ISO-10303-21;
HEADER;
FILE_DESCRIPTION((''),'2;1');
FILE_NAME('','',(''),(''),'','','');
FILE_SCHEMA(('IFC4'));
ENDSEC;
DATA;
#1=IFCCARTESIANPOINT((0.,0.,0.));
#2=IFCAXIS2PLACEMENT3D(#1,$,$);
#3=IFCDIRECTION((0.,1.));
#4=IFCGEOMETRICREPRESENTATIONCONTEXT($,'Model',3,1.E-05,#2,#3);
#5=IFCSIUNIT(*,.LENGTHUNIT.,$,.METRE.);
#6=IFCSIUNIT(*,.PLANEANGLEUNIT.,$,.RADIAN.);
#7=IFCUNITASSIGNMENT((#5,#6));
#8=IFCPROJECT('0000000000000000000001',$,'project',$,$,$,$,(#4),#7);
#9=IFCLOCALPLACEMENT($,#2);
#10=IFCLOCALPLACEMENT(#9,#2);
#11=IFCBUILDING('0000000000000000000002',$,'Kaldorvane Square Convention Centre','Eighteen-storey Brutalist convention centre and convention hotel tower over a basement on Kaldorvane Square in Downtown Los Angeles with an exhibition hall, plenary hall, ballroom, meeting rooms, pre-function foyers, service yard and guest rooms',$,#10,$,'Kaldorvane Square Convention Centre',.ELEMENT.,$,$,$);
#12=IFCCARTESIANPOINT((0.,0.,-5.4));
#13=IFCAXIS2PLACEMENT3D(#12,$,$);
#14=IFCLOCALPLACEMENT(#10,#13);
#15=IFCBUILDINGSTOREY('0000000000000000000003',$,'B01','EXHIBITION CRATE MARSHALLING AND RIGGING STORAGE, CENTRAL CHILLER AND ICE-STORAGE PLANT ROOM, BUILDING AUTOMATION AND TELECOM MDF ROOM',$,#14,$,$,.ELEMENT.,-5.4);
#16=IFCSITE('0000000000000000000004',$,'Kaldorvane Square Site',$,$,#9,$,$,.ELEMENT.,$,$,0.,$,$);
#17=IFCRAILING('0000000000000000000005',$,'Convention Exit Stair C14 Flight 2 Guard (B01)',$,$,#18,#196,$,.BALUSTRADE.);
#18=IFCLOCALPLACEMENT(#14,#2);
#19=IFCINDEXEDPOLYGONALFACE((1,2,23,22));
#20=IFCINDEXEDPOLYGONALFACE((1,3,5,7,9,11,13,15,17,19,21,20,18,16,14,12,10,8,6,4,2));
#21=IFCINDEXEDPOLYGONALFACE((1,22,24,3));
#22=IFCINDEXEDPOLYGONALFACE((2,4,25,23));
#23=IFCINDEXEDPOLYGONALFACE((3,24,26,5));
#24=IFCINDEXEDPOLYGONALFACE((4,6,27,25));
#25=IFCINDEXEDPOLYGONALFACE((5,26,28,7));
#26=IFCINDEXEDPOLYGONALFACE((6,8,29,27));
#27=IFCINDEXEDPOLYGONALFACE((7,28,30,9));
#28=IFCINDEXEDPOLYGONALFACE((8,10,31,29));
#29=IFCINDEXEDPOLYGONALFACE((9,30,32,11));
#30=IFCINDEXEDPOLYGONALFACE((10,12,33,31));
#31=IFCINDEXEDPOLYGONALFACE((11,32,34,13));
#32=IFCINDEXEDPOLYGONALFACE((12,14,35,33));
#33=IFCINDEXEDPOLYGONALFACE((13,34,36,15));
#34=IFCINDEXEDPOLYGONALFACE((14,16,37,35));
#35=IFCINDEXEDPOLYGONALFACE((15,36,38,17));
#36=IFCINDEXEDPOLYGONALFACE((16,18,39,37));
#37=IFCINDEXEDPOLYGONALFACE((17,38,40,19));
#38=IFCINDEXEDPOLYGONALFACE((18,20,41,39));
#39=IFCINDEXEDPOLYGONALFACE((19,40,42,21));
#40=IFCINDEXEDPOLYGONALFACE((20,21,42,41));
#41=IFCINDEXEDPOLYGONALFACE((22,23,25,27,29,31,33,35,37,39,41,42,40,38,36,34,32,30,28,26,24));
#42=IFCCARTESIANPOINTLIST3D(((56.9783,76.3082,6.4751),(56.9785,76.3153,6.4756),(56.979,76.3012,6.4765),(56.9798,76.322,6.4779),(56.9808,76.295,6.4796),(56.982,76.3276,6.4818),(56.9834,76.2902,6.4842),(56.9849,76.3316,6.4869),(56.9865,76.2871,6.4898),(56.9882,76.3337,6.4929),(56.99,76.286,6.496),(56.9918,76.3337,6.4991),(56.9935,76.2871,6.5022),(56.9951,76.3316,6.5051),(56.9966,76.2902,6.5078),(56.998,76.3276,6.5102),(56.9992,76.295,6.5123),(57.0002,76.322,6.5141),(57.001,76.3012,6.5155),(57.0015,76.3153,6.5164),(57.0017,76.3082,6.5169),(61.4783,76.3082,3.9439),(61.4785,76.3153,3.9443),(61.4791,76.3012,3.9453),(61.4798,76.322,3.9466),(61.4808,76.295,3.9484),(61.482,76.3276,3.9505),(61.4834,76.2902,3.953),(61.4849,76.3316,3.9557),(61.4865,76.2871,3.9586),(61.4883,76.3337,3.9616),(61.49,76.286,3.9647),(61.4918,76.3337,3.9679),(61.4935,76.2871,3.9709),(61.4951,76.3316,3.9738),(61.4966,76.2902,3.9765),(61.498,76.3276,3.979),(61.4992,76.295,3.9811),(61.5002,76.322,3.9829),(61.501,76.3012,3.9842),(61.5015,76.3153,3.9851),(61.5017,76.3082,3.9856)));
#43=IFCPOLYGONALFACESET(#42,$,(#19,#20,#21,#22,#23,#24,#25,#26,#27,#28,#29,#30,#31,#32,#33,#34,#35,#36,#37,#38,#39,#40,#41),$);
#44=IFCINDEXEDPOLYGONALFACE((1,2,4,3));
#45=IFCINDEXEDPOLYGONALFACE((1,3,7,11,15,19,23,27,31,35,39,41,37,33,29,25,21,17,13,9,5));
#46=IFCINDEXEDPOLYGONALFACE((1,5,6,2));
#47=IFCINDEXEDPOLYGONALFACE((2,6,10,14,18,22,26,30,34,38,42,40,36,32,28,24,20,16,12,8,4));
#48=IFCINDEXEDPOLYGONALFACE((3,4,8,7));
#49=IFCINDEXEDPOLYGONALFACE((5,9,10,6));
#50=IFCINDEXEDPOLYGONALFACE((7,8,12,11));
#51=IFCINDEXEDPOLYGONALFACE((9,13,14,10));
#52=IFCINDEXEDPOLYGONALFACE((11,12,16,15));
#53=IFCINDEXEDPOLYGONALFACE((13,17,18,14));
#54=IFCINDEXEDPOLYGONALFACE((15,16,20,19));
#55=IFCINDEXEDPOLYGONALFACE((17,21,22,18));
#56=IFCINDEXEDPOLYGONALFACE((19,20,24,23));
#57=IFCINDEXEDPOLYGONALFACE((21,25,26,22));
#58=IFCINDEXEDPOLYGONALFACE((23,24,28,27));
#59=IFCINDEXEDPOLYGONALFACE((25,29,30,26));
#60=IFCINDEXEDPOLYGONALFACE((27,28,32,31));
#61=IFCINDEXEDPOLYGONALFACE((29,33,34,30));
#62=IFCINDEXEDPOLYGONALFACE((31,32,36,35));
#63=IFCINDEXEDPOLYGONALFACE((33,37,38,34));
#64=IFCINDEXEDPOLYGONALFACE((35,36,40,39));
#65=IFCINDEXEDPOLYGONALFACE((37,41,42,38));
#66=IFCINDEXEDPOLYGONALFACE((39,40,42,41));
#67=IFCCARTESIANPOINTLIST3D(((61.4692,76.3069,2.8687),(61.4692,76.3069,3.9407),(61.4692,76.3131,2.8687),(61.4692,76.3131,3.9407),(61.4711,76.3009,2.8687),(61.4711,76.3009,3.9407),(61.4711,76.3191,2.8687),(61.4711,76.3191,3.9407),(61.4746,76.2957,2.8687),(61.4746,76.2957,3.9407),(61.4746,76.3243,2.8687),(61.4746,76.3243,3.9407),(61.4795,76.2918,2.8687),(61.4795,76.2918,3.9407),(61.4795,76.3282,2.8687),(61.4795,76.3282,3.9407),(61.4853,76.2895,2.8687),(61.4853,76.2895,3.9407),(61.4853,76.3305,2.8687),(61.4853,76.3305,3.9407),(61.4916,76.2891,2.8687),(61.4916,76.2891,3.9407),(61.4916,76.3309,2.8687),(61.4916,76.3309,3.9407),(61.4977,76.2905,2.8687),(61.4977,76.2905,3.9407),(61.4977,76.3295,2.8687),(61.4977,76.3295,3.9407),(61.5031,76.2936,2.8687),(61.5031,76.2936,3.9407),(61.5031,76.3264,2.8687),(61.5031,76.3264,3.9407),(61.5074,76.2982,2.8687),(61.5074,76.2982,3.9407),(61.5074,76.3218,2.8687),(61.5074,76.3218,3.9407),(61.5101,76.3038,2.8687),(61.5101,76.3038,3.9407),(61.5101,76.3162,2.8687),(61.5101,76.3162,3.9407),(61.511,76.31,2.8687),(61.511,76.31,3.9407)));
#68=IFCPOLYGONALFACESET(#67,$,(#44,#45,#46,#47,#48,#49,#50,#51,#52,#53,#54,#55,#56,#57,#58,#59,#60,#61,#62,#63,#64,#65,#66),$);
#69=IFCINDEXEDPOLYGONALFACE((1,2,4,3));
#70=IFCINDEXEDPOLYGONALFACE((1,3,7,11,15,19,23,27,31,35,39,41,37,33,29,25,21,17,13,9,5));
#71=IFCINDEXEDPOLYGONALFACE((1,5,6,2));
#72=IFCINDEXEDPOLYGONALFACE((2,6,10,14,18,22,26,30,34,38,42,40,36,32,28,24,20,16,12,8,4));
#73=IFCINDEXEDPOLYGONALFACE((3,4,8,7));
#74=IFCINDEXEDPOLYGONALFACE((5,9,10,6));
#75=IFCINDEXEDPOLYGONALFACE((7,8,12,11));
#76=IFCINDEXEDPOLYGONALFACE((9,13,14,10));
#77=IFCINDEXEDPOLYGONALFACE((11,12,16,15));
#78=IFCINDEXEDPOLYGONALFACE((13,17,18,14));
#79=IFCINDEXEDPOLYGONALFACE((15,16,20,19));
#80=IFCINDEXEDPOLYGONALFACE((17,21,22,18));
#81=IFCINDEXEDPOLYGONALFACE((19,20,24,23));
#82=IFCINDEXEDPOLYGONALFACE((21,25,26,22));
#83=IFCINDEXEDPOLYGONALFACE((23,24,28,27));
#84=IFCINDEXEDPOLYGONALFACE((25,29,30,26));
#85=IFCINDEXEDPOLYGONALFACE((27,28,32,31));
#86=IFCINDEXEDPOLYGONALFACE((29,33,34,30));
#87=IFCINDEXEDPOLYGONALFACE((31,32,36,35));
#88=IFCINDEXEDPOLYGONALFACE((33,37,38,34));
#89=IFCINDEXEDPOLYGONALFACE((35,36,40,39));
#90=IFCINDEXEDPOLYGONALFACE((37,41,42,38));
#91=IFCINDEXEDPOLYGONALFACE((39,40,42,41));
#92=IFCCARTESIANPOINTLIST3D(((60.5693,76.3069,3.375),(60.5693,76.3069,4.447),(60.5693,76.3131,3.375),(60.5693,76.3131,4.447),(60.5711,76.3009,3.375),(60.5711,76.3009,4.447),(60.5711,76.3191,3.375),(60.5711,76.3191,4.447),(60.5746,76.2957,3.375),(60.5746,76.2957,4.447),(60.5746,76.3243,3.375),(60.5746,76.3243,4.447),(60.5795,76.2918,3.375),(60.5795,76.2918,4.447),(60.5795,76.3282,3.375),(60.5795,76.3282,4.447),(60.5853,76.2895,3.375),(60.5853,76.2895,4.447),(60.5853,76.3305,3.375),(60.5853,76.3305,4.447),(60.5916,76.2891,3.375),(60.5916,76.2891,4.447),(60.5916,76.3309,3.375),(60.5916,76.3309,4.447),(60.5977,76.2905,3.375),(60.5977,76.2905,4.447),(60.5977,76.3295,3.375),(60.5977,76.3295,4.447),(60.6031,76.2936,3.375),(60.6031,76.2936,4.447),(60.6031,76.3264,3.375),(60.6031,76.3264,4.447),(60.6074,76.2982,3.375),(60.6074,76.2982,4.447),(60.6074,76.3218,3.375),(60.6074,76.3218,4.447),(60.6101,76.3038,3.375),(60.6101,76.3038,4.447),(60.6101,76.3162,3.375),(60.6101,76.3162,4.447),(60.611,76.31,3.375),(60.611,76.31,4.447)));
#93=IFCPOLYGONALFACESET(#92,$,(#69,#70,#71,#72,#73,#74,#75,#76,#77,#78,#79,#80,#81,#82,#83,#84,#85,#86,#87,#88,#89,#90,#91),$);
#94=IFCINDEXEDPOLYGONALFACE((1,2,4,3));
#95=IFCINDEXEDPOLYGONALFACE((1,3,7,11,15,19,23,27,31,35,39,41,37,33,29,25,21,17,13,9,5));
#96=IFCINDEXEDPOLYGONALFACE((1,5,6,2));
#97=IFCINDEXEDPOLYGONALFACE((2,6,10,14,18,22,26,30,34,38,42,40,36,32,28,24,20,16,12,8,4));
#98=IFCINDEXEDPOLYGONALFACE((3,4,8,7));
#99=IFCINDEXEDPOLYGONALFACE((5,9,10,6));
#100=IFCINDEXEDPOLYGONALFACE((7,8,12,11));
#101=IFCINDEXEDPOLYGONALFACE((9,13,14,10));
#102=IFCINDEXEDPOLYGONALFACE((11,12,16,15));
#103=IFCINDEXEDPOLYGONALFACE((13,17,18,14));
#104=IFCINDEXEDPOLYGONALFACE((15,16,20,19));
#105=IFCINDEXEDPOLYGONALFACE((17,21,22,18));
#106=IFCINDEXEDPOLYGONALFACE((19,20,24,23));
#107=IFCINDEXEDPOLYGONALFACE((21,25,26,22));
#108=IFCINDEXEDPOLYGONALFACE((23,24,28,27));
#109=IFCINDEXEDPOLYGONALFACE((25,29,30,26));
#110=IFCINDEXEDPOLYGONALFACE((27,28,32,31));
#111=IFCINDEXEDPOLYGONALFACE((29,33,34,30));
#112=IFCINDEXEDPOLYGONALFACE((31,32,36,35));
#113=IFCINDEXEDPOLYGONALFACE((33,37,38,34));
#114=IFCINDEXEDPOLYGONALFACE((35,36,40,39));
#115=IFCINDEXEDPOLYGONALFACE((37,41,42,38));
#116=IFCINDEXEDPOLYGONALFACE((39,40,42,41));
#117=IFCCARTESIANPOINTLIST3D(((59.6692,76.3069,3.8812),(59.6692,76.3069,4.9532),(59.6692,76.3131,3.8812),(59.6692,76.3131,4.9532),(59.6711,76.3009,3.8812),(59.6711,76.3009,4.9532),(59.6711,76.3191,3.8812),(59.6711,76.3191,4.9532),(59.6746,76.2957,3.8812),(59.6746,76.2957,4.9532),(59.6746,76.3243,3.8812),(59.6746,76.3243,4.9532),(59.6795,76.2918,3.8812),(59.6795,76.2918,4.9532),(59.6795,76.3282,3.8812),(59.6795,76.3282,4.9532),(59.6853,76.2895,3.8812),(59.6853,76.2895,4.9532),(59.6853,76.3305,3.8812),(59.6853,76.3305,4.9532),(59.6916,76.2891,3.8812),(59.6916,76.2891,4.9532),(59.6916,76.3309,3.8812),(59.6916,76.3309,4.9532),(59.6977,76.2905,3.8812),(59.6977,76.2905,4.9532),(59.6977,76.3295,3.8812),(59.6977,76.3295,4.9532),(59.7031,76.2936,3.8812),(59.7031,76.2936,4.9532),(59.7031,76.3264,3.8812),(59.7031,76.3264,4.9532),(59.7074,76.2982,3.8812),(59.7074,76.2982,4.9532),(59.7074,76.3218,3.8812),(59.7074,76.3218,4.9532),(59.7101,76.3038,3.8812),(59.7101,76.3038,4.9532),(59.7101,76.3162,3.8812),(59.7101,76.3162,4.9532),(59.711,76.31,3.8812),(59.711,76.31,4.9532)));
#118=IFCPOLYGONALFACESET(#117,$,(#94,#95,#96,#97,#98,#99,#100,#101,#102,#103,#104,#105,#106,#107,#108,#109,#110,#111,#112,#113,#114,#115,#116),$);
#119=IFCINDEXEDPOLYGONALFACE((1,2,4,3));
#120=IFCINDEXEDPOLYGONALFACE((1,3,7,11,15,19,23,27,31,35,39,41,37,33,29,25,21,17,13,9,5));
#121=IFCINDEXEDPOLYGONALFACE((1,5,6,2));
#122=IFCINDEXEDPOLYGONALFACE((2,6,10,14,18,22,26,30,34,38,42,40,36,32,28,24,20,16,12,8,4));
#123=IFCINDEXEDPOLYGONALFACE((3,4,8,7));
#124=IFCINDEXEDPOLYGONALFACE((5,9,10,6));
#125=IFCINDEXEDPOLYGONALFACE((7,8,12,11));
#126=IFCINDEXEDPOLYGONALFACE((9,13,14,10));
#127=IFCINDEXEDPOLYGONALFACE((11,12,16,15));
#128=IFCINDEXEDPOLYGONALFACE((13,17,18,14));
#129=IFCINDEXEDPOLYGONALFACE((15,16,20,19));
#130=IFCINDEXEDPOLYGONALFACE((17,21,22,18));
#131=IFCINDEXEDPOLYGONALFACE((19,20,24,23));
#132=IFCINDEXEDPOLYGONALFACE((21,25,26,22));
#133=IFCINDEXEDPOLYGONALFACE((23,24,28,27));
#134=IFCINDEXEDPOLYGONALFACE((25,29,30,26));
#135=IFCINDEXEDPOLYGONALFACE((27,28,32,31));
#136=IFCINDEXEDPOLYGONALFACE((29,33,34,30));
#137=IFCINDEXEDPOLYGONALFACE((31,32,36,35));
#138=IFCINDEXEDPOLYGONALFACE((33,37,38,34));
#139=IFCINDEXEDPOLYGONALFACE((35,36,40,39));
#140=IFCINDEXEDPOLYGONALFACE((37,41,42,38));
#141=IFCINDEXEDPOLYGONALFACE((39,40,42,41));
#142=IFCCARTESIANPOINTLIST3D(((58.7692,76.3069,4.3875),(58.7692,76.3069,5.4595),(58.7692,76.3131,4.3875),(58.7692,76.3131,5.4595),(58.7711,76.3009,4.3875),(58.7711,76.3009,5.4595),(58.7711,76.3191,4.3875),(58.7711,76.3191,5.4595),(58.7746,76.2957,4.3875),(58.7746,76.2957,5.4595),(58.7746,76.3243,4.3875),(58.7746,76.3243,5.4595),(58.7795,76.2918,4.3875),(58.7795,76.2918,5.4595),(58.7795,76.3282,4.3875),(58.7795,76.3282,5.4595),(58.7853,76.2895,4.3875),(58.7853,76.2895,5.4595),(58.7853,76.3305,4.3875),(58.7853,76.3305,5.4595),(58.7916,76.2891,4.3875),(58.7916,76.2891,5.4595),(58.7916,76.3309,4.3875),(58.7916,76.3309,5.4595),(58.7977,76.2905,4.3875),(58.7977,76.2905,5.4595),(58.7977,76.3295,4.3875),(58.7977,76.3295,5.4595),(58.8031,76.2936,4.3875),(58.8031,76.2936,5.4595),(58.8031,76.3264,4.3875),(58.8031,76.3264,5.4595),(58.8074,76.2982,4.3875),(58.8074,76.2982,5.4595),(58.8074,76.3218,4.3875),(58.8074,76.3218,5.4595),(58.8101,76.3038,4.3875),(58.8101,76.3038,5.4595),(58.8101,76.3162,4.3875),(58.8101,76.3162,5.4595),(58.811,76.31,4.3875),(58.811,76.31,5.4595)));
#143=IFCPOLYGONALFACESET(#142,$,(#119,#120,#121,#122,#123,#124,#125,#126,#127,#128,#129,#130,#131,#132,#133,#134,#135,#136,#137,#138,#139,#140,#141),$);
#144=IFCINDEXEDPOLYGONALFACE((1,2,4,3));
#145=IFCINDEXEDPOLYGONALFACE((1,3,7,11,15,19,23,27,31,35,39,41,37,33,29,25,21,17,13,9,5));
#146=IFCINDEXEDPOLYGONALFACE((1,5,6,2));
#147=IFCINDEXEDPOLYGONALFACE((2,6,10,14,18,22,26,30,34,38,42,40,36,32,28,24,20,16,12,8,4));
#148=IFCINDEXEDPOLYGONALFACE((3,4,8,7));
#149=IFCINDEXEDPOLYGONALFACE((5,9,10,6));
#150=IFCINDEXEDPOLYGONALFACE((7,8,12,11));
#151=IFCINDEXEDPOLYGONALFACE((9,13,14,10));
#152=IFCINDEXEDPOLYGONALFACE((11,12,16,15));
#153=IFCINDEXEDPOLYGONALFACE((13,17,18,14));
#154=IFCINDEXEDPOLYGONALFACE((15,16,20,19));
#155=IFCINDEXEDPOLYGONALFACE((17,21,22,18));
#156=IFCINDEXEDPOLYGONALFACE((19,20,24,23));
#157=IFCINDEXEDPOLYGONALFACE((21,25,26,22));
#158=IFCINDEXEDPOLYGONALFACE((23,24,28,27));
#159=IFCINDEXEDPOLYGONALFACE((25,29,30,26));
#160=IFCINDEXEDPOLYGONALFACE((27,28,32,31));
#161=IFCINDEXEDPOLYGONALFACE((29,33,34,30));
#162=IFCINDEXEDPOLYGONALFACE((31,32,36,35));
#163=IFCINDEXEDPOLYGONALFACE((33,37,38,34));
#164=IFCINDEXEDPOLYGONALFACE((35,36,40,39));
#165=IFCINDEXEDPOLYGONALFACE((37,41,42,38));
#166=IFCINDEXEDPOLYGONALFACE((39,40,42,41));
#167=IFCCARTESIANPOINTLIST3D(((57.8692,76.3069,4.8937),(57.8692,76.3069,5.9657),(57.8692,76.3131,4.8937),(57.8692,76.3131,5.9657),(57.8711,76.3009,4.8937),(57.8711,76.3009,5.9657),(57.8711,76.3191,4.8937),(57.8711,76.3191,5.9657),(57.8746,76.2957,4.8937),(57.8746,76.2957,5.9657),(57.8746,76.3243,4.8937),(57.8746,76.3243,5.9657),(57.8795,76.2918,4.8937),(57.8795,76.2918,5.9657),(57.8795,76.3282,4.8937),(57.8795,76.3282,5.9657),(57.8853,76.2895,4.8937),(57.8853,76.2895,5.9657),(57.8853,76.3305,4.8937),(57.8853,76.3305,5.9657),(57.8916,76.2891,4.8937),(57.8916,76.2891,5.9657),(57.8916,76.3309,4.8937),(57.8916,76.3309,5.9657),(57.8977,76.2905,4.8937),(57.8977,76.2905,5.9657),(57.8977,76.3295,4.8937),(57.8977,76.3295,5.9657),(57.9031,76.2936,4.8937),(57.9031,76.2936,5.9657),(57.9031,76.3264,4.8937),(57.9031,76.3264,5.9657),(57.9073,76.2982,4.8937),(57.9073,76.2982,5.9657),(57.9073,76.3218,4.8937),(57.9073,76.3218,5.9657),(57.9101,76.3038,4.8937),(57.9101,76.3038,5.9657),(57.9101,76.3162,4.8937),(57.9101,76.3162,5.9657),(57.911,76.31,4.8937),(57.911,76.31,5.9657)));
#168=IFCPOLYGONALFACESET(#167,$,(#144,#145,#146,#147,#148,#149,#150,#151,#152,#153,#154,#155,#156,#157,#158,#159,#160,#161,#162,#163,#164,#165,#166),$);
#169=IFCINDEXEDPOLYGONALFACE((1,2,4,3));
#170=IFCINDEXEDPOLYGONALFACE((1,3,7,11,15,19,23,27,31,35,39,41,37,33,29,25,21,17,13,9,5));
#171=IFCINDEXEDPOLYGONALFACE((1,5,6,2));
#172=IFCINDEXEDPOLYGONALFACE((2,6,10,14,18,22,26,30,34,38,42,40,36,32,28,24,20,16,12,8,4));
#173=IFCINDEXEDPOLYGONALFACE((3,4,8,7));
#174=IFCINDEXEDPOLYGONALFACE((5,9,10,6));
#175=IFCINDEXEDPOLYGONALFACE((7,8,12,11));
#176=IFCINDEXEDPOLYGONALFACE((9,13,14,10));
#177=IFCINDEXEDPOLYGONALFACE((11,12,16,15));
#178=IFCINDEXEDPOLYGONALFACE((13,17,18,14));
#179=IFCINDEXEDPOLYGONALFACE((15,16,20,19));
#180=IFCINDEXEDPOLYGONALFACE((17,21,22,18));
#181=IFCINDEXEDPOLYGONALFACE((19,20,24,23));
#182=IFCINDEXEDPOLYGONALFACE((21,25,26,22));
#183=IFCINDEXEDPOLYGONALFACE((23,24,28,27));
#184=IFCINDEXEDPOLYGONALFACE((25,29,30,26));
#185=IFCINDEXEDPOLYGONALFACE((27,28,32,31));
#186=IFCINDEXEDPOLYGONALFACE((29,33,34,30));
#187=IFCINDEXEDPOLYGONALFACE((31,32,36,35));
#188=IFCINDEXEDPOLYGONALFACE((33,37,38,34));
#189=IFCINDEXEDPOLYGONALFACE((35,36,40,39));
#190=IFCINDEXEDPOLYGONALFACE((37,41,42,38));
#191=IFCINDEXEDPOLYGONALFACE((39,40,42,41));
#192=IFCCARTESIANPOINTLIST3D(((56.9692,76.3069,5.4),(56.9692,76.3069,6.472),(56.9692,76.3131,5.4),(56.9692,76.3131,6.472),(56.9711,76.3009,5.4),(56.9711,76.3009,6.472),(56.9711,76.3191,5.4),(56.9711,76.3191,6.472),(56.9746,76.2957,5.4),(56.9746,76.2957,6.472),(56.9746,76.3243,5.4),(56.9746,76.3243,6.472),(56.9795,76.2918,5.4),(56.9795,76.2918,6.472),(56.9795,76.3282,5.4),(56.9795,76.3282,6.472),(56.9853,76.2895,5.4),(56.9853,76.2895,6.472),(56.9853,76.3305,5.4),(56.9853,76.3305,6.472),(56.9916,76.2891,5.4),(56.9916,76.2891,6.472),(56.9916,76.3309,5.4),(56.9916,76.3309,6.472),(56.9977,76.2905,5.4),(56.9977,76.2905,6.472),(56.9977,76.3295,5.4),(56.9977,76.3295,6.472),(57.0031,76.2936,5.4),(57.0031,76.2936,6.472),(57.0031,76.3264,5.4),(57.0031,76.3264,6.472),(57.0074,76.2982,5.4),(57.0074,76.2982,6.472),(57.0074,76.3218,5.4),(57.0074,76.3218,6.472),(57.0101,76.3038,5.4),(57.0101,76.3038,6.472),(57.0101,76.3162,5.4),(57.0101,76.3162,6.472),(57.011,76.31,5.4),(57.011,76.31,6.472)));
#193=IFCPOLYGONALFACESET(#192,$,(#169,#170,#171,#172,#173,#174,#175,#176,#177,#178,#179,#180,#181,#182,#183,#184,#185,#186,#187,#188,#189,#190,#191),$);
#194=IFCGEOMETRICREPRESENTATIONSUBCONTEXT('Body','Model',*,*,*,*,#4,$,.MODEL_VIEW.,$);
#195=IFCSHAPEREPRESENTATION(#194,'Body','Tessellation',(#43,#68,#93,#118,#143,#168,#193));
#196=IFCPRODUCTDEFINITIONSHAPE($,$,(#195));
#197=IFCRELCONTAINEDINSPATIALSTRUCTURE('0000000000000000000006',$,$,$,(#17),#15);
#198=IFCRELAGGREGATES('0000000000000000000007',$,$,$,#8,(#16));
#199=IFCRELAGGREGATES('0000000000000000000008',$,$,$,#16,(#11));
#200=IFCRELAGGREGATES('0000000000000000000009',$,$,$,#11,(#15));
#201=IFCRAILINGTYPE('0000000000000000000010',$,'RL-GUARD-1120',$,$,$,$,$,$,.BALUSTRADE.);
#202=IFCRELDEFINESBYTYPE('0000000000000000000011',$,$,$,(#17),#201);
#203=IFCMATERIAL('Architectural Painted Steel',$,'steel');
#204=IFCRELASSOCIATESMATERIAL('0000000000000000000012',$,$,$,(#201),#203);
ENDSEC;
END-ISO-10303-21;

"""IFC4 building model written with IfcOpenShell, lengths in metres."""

from ifc_helpers import new_model, si_unit, direction, frame, origin, origin_2d, place, context, subcontext, project, spatial, circle, extrude, material, type_object, element, save


model = new_model("IFC4")

# Units and contexts
model_context = context("Model", 3, precision=1e-05, world=origin(), true_north=direction((0.0, 1.0)))
body_context = subcontext(model_context, "Body", "Model", "MODEL_VIEW")
ifc_project = project(units=[si_unit("LENGTHUNIT", "METRE"), si_unit("PLANEANGLEUNIT", "RADIAN")], contexts=[model_context])

# Site, building, storey
site_placement = place(None, origin())
site = spatial("IfcSite", under=ifc_project, at=site_placement, Name="Kaldorvane Square Site", CompositionType="ELEMENT", RefElevation=0.0)
building_placement = place(site_placement, origin())
building = spatial("IfcBuilding", under=site, at=building_placement, Name="Kaldorvane Square Convention Centre", Description="Eighteen-storey Brutalist convention centre and convention hotel tower over a basement on Kaldorvane Square in Downtown Los Angeles with an exhibition hall, plenary hall, ballroom, meeting rooms, pre-function foyers, service yard and guest rooms", LongName="Kaldorvane Square Convention Centre", CompositionType="ELEMENT")
storey_placement = place(building_placement, frame((0.0, 0.0, -5.4)))
storey = spatial("IfcBuildingStorey", under=building, at=storey_placement, Name="B01", Description="EXHIBITION CRATE MARSHALLING AND RIGGING STORAGE, CENTRAL CHILLER AND ICE-STORAGE PLANT ROOM, BUILDING AUTOMATION AND TELECOM MDF ROOM", CompositionType="ELEMENT", Elevation=-5.4)

# Railing
ifc_material_1 = material(Name="Architectural Painted Steel", Category="steel")
railing_type_1 = type_object("IfcRailingType", Name="RL-GUARD-1120", PredefinedType="BALUSTRADE", material=ifc_material_1)
railing_1_placement = place(storey_placement, frame((61.49, 76.31, 2.8687)))
element("IfcRailing", 1, at=railing_1_placement, inside=storey, type_object=railing_type_1, Name="Convention Exit Stair C14 Flight 2 Guard (B01)", PredefinedType="BALUSTRADE", context=body_context, shape_type="SweptSolid", body=[
    extrude(circle(Radius=0.024, at=origin_2d()), frame((0.0, 0.0, 1.096), z_axis=(-0.871576, 0.0, 0.490261), x_axis=(0.0, -1.0, 0.0)), (0.0, 0.0, 1.0), 5.1631),
    extrude(circle(Radius=0.021, at=origin_2d()), origin(), (0.0, 0.0, 1.0), 1.072),
    extrude(circle(Radius=0.021, at=origin_2d()), frame((-0.9, 0.0, 0.5063)), (0.0, 0.0, 1.0), 1.072),
    extrude(circle(Radius=0.021, at=origin_2d()), frame((-1.8, 0.0, 1.0125)), (0.0, 0.0, 1.0), 1.072),
    extrude(circle(Radius=0.021, at=origin_2d()), frame((-2.7, 0.0, 1.5188)), (0.0, 0.0, 1.0), 1.072),
    extrude(circle(Radius=0.021, at=origin_2d()), frame((-3.6, 0.0, 2.025)), (0.0, 0.0, 1.0), 1.072),
    extrude(circle(Radius=0.021, at=origin_2d()), frame((-4.5, 0.0, 2.5312)), (0.0, 0.0, 1.0), 1.072),
])

save(model, "model.ifc")
